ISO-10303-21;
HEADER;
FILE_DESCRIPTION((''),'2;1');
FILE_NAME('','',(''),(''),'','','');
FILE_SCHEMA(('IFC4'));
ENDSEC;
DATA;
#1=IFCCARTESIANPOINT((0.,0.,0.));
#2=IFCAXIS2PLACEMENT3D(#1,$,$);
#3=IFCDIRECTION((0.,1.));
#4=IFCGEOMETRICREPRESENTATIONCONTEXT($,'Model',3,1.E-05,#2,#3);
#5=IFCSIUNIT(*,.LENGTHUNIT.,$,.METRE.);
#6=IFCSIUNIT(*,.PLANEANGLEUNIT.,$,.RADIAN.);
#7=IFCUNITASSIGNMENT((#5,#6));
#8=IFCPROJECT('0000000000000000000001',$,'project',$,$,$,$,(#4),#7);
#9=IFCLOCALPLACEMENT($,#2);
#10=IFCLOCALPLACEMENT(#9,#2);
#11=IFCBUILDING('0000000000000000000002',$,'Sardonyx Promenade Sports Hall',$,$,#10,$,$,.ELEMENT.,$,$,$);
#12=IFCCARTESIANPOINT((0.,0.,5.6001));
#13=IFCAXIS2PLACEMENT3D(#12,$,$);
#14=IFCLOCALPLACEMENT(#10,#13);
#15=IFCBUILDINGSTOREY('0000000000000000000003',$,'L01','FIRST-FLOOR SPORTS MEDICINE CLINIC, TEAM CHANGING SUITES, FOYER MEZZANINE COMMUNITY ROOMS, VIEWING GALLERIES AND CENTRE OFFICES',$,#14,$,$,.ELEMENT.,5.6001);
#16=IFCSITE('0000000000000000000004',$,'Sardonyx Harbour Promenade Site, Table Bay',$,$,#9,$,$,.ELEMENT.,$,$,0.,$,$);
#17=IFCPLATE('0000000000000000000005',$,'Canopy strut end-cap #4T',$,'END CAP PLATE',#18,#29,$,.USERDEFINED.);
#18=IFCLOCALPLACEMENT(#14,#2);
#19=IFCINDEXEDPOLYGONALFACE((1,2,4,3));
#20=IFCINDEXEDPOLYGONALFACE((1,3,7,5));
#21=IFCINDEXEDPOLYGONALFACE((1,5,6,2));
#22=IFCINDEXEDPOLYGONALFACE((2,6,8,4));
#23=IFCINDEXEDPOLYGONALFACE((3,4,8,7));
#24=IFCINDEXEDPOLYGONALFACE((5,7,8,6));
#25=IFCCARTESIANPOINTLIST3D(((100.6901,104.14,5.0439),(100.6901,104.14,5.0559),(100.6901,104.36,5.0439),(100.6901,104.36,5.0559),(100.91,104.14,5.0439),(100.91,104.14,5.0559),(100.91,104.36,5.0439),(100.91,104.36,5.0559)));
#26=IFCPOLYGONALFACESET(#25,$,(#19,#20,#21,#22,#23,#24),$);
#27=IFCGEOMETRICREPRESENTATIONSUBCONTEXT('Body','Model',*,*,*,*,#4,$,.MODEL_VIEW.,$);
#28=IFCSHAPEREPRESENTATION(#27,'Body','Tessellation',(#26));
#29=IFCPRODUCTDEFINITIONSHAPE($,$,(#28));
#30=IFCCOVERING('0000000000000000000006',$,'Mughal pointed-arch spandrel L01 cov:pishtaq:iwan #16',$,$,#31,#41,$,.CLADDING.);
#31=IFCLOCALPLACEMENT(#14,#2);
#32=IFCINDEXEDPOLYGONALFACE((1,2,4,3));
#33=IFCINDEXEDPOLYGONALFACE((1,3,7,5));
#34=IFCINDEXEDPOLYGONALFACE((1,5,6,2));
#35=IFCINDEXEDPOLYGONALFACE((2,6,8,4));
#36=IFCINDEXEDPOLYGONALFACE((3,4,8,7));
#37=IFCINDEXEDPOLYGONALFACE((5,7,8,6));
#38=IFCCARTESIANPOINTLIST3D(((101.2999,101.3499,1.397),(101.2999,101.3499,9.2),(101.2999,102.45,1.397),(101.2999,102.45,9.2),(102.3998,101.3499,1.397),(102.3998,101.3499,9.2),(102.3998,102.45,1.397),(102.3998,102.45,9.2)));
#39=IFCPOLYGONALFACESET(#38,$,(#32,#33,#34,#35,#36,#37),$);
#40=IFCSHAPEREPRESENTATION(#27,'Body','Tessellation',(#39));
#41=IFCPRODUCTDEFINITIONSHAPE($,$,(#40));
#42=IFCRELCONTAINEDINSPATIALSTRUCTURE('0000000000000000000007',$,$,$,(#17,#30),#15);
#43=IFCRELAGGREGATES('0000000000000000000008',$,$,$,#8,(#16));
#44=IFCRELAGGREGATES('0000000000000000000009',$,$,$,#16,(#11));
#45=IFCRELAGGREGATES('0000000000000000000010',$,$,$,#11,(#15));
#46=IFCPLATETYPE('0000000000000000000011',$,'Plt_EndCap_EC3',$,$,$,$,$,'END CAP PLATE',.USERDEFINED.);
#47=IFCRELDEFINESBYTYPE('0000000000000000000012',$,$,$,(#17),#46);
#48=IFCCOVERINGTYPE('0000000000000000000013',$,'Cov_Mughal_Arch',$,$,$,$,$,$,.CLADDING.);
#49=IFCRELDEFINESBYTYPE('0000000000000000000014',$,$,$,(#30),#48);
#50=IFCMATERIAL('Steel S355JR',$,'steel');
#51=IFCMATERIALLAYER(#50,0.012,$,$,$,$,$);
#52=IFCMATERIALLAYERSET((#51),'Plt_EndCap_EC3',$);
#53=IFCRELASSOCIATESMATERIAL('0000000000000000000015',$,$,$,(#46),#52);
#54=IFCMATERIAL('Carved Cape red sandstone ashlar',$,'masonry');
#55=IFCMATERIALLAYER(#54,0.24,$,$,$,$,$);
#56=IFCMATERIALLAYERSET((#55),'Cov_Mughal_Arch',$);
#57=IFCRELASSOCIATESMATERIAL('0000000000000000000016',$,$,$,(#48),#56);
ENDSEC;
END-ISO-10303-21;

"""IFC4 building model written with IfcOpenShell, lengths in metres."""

from ifc_helpers import new_model, si_unit, direction, frame, frame_2d, origin, origin_2d, place, context, subcontext, project, spatial, rectangle, extrude, material, layer, layer_set, type_object, element, save


model = new_model("IFC4")

# Units and contexts
model_context = context("Model", 3, precision=1e-05, world=origin(), true_north=direction((0.0, 1.0)))
body_context = subcontext(model_context, "Body", "Model", "MODEL_VIEW")
ifc_project = project(units=[si_unit("LENGTHUNIT", "METRE"), si_unit("PLANEANGLEUNIT", "RADIAN")], contexts=[model_context])

# Site, building, storey
site_placement = place(None, origin())
site = spatial("IfcSite", under=ifc_project, at=site_placement, Name="Sardonyx Harbour Promenade Site, Table Bay", CompositionType="ELEMENT", RefElevation=0.0)
building_placement = place(site_placement, origin())
building = spatial("IfcBuilding", under=site, at=building_placement, Name="Sardonyx Promenade Sports Hall", CompositionType="ELEMENT")
storey_placement = place(building_placement, frame((0.0, 0.0, 5.6001)))
storey = spatial("IfcBuildingStorey", under=building, at=storey_placement, Name="L01", Description="FIRST-FLOOR SPORTS MEDICINE CLINIC, TEAM CHANGING SUITES, FOYER MEZZANINE COMMUNITY ROOMS, VIEWING GALLERIES AND CENTRE OFFICES", CompositionType="ELEMENT", Elevation=5.6001)

# Plate
ifc_material_1 = material(Name="Steel S355JR", Category="steel")
ifc_layer_1 = layer(ifc_material_1, 0.012)
ifc_layer_set_1 = layer_set([ifc_layer_1], Name="Plt_EndCap_EC3")
plate_type_1 = type_object("IfcPlateType", Name="Plt_EndCap_EC3", ElementType="END CAP PLATE", PredefinedType="USERDEFINED", material=ifc_layer_set_1)
for number, where, z_axis, x_axis, name in (
    (1, (100.8, 104.25, 5.0439), (0.0, 0.0, 1.0), (1.0, 0.0, 0.0), "Canopy strut end-cap #4T"),
):
    element("IfcPlate", number, at=place(storey_placement, frame(where, z_axis=z_axis, x_axis=x_axis)), inside=storey, type_object=plate_type_1, Name=name, ObjectType="END CAP PLATE", PredefinedType="USERDEFINED", context=body_context, shape_type="SweptSolid", body=[
        extrude(rectangle(XDim=0.22, YDim=0.22, at=origin_2d()), origin(), (0.0, 0.0, 1.0), 0.012),
    ])

# Covering
ifc_material_2 = material(Name="Carved Cape red sandstone ashlar", Category="masonry")
ifc_layer_2 = layer(ifc_material_2, 0.24)
ifc_layer_set_2 = layer_set([ifc_layer_2], Name="Cov_Mughal_Arch")
covering_type = type_object("IfcCoveringType", Name="Cov_Mughal_Arch", PredefinedType="CLADDING", material=ifc_layer_set_2)
covering_placement = place(storey_placement, frame((101.3, 101.8999, 1.397), z_axis=(0.0, 0.0, 1.0), x_axis=(1.0, 0.0, 0.0)))
element("IfcCovering", 2, at=covering_placement, inside=storey, type_object=covering_type, Name="Mughal pointed-arch spandrel L01 cov:pishtaq:iwan #16", PredefinedType="CLADDING", context=body_context, shape_type="SweptSolid", body=[
    extrude(rectangle(XDim=1.0999, YDim=1.1001, at=frame_2d((0.5498, 0.0))), origin(), (0.0, 0.0, 1.0), 7.803),
])

save(model, "model.ifc")
